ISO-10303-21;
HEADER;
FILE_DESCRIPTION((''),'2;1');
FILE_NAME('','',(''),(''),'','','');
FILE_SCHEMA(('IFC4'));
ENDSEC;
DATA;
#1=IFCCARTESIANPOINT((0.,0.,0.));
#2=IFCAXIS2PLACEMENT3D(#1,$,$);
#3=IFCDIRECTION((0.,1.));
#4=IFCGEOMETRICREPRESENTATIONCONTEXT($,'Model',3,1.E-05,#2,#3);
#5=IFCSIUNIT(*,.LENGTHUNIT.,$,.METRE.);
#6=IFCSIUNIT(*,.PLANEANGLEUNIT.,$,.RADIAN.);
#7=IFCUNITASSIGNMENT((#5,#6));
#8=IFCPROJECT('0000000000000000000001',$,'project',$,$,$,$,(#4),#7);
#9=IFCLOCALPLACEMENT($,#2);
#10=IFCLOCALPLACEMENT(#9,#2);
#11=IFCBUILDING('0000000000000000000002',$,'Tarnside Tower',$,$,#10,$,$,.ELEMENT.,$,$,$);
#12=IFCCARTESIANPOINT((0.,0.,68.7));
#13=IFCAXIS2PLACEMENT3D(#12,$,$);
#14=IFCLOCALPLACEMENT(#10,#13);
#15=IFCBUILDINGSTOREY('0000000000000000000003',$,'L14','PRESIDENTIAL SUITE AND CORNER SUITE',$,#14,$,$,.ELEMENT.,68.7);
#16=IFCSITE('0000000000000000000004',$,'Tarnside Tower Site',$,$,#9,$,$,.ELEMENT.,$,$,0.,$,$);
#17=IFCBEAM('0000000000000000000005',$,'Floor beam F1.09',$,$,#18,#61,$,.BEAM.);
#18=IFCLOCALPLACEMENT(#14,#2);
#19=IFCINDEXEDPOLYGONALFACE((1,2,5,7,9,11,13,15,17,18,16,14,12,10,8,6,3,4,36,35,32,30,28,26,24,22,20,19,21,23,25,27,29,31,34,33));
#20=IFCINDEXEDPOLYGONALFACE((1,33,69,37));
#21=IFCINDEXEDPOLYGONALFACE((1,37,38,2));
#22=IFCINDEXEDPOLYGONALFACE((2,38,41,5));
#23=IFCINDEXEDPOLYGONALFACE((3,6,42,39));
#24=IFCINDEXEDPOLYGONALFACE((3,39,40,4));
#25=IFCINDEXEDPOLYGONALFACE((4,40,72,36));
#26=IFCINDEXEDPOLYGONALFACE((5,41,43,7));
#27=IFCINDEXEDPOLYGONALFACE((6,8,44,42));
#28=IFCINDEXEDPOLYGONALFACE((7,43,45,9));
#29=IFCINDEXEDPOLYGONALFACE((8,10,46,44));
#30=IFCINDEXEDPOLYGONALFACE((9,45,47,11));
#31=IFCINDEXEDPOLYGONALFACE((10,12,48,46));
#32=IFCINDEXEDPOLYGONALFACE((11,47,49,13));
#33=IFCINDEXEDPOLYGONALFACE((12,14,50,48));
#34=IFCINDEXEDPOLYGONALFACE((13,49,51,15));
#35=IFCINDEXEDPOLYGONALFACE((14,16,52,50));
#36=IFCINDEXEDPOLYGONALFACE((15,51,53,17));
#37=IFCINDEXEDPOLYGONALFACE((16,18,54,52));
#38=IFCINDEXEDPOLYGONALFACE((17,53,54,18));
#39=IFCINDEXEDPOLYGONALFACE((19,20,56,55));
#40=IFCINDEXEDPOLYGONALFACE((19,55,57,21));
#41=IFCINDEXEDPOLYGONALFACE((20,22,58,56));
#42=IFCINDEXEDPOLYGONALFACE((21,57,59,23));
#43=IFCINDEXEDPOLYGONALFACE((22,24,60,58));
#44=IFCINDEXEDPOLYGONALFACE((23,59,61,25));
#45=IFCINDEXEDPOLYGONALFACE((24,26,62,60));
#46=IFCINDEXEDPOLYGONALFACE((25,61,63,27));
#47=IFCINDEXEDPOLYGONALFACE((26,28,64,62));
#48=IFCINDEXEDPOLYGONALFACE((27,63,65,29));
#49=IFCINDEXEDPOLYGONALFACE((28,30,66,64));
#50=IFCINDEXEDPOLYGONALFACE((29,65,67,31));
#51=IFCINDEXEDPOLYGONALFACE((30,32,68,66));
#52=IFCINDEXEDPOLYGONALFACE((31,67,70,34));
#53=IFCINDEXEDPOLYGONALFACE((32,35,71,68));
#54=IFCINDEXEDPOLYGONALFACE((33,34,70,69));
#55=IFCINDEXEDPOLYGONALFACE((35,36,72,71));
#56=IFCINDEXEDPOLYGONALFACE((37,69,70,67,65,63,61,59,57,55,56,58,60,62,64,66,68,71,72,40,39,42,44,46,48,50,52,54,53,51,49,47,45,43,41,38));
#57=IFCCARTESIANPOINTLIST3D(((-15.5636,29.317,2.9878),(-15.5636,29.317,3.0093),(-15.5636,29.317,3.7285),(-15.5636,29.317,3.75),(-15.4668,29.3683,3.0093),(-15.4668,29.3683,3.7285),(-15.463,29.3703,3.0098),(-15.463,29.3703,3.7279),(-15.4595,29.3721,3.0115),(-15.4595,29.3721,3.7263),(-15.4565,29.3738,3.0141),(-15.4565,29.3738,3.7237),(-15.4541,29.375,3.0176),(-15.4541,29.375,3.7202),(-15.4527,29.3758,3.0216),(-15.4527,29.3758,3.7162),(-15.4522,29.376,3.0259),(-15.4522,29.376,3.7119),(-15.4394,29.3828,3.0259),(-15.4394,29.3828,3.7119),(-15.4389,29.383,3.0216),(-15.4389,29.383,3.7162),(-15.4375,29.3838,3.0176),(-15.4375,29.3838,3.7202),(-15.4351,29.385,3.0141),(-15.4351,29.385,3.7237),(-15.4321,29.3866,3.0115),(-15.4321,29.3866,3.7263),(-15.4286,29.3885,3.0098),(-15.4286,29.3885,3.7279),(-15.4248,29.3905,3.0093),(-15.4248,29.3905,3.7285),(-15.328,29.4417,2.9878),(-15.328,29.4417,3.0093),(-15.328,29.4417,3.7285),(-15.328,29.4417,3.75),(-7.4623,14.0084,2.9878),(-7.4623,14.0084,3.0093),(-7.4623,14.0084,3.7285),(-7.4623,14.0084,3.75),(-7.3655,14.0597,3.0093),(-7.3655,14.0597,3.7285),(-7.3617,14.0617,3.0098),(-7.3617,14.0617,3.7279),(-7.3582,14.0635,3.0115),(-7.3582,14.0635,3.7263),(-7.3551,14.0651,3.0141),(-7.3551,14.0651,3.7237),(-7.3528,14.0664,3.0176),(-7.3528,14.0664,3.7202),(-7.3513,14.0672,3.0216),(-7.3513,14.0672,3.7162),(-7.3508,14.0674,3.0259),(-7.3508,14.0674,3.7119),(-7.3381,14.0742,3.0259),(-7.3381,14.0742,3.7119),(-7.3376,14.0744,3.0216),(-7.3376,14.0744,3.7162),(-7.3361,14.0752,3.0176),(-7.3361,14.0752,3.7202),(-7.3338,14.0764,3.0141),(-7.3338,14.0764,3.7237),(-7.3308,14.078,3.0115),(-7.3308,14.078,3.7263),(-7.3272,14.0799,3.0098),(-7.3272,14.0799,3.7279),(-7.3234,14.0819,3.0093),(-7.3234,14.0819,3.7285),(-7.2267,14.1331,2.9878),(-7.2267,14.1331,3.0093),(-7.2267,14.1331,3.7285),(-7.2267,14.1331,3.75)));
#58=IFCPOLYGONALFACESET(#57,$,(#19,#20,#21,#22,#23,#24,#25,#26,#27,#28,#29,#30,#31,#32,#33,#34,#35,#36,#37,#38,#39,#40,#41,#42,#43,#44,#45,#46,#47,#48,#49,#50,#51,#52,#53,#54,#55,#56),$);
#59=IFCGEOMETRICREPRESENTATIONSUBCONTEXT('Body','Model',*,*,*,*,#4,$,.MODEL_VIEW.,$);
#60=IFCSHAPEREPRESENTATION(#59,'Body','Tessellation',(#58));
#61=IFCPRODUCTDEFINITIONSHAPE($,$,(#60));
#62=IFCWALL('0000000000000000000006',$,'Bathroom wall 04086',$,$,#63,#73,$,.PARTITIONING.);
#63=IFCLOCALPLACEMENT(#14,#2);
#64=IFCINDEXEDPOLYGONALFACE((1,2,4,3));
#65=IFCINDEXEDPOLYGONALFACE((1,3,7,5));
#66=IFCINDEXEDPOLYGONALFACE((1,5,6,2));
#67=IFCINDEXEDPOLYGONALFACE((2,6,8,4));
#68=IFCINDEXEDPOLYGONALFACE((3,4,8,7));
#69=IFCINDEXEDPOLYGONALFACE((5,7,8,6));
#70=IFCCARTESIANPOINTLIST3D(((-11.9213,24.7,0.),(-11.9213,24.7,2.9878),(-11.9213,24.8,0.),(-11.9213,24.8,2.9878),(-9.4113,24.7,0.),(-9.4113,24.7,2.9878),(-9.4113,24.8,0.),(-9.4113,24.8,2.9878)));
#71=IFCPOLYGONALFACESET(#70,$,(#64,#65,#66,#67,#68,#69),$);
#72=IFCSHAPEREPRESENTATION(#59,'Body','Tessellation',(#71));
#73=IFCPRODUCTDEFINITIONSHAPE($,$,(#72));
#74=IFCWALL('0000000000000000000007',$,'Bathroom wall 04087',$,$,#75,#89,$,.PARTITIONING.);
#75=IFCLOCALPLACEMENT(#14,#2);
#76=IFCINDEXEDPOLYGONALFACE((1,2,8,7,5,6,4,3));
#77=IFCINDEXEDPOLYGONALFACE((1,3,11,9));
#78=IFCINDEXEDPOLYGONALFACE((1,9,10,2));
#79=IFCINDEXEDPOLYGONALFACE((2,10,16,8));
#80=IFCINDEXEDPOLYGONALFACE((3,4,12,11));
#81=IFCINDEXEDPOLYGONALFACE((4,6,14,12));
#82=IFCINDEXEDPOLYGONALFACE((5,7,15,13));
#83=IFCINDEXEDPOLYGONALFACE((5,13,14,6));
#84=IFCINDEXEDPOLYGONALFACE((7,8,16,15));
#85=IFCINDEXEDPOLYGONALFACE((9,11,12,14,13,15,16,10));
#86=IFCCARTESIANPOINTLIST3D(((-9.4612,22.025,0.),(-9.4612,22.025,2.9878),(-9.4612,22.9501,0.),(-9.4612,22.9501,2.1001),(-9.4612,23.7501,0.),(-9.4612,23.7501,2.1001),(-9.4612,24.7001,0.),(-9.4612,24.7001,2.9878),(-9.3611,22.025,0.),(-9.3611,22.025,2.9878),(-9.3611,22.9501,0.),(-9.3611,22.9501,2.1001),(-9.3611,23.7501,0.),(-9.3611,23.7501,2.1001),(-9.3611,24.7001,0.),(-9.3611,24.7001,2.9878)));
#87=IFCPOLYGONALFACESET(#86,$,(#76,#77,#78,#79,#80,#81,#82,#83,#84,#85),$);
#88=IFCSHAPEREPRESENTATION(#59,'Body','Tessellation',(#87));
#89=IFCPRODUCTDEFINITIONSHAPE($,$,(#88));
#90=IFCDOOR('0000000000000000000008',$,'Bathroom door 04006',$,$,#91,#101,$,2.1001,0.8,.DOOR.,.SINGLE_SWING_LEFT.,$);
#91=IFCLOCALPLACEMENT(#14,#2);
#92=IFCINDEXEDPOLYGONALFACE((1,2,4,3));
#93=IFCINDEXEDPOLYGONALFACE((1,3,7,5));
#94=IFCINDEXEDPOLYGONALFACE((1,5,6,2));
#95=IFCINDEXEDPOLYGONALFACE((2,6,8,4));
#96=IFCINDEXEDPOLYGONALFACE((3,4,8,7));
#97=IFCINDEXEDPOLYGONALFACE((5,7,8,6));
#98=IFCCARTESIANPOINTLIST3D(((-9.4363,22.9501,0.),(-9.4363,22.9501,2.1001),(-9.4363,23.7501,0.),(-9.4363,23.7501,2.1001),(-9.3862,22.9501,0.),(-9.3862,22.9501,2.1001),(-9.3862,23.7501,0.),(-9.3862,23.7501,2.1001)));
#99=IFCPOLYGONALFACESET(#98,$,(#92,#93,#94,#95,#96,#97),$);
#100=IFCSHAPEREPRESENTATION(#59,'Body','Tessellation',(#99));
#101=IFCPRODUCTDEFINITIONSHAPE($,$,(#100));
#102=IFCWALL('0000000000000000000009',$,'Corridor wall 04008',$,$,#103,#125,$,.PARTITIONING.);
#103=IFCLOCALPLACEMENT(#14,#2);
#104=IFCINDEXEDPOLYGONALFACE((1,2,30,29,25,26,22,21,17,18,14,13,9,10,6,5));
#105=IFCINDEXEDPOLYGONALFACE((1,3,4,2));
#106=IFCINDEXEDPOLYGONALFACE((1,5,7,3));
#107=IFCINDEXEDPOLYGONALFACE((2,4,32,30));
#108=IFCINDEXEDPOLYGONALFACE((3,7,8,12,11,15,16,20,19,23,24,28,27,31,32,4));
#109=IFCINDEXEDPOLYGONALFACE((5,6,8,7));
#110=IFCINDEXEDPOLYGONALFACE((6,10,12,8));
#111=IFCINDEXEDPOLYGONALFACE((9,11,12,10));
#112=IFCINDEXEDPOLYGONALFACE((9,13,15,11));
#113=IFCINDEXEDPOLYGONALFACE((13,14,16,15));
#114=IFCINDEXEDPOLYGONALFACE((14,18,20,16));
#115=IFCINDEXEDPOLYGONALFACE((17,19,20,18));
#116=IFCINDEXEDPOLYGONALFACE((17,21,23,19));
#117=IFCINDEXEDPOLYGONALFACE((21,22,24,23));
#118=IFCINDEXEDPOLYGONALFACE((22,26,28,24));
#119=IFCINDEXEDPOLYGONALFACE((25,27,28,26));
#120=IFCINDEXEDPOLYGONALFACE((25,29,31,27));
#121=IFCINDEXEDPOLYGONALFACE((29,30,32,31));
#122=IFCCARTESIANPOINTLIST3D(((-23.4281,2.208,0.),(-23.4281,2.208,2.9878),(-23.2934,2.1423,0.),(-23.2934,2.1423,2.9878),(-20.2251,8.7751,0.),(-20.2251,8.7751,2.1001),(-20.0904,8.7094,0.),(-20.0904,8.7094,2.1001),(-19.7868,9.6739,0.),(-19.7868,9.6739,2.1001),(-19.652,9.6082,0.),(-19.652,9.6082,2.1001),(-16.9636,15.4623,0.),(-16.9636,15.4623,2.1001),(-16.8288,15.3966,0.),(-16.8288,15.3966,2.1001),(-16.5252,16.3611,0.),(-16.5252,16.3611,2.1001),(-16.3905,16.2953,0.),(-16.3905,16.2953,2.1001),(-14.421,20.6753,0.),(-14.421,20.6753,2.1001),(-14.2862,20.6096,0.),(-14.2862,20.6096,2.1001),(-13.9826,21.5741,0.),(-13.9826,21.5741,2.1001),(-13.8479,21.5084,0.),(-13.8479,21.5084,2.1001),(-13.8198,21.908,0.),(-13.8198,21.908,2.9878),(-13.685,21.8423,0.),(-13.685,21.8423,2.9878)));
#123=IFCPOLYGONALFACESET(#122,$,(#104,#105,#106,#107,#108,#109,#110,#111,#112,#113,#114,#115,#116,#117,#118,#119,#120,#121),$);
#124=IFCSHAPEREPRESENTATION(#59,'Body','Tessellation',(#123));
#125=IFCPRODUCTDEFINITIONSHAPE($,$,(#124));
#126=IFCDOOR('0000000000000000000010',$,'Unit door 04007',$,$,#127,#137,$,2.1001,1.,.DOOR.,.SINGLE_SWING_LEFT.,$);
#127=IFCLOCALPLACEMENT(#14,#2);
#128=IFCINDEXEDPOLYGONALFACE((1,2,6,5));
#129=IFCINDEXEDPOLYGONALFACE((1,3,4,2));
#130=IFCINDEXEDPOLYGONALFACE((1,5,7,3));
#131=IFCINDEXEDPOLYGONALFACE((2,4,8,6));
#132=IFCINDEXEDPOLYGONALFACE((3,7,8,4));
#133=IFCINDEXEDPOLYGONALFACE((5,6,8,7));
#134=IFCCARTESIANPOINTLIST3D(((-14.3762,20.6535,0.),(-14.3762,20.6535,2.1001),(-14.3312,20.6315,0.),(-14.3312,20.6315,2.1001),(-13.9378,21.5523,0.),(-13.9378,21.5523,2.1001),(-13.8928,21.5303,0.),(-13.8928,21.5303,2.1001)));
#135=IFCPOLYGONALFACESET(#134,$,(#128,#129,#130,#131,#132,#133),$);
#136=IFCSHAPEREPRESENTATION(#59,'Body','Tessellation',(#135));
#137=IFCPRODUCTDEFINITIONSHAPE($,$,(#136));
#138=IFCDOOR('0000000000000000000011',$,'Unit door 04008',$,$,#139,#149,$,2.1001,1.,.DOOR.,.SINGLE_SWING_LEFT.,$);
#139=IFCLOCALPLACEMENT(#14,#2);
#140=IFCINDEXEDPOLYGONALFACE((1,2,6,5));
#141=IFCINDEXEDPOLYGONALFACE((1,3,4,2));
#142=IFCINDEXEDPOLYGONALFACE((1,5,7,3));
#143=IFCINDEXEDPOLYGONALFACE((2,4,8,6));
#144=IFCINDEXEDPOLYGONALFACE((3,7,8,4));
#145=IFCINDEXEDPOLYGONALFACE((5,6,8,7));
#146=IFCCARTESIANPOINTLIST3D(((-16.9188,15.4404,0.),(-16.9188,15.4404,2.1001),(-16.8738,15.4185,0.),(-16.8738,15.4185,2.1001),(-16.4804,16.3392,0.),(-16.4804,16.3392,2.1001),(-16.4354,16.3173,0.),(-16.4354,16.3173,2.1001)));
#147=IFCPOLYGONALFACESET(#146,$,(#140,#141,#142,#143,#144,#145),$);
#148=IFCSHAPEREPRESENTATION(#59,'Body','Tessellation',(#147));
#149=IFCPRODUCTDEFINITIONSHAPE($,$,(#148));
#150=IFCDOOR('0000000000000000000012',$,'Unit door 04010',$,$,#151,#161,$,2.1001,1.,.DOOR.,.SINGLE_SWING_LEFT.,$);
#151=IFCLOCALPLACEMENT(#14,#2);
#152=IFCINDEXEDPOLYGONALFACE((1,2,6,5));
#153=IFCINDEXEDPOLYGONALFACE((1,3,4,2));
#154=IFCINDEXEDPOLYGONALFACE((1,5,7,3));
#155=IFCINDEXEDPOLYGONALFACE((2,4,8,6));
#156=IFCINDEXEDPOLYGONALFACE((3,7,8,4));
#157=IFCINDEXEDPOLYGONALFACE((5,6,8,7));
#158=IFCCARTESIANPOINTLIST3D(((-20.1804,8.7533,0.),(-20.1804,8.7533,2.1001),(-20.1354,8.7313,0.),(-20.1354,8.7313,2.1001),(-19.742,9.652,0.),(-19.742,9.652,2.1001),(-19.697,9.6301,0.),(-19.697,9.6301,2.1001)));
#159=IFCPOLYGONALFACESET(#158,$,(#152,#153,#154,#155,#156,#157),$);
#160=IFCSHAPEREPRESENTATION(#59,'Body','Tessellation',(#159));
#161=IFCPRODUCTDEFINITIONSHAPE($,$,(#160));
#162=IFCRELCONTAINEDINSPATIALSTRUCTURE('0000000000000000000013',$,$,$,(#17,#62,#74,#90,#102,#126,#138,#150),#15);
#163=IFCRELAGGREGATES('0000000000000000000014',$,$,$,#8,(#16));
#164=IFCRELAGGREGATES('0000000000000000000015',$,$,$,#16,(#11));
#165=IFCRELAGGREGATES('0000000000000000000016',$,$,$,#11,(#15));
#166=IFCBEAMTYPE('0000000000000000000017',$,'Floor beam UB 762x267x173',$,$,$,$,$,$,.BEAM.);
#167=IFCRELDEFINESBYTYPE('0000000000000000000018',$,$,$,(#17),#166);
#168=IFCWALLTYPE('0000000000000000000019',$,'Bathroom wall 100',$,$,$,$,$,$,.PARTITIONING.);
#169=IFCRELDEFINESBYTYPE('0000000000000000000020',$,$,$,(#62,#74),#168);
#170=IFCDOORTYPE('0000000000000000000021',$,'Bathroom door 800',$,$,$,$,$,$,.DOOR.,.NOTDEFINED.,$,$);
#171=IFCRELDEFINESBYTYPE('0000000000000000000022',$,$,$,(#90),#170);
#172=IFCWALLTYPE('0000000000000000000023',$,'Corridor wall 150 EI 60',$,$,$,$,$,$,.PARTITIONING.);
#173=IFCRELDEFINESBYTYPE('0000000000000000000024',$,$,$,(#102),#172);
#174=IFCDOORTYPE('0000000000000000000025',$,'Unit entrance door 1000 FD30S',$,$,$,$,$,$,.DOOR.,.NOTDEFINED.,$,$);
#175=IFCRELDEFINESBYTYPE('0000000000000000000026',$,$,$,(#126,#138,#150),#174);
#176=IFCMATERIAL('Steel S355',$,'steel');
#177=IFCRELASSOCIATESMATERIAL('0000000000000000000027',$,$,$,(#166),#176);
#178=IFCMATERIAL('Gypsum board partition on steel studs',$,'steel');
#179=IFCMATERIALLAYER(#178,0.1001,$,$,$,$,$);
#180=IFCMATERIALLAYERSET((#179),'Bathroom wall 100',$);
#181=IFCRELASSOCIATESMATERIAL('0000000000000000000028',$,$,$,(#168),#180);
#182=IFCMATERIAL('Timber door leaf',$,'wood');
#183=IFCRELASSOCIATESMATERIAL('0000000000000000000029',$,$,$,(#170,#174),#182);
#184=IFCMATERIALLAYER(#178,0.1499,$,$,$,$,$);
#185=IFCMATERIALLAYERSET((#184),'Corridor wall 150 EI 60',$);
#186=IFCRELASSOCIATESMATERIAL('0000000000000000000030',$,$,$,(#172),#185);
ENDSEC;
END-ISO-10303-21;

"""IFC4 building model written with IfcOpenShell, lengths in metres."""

from ifc_helpers import new_model, si_unit, direction, frame, frame_2d, origin, origin_2d, place, context, subcontext, project, spatial, rectangle, i_section, extrude, material, layer, layer_set, material_profile, profile_set, type_object, element, fill, save


model = new_model("IFC4")

# Units and contexts
model_context = context("Model", 3, precision=1e-05, world=origin(), true_north=direction((0.0, 1.0)))
body_context = subcontext(model_context, "Body", "Model", "MODEL_VIEW")
ifc_project = project(units=[si_unit("LENGTHUNIT", "METRE"), si_unit("PLANEANGLEUNIT", "RADIAN")], contexts=[model_context])

# Site, building, storey
site_placement = place(None, origin())
site = spatial("IfcSite", under=ifc_project, at=site_placement, Name="Tarnside Tower Site", CompositionType="ELEMENT", RefElevation=0.0)
building_placement = place(site_placement, origin())
building = spatial("IfcBuilding", under=site, at=building_placement, Name="Tarnside Tower", CompositionType="ELEMENT")
storey_placement = place(building_placement, frame((0.0, 0.0, 68.7)))
storey = spatial("IfcBuildingStorey", under=building, at=storey_placement, Name="L14", Description="PRESIDENTIAL SUITE AND CORNER SUITE", CompositionType="ELEMENT", Elevation=68.7)

# Beam
ifc_material_1 = material(Name="Steel S355", Category="steel")
ifc_material_profile_1 = material_profile(ifc_material_1, i_section(OverallWidth=0.2666, OverallDepth=0.7622, WebThickness=0.0144, FlangeThickness=0.0215, FilletRadius=0.0166, at=origin_2d()), Name="UB 762x267x173")
ifc_profile_set_1 = profile_set([ifc_material_profile_1], Name="Steel S355")
beam_type_1 = type_object("IfcBeamType", Name="Floor beam UB 762x267x173", PredefinedType="BEAM", material=ifc_profile_set_1)
beam_1_placement = place(storey_placement, frame((-15.4458, 29.3794, 3.3689), z_axis=(0.467742, -0.883865, 0.0), x_axis=(0.883865, 0.467742, 0.0)))
element("IfcBeam", 1, at=beam_1_placement, inside=storey, type_object=beam_type_1, Name="Floor beam F1.09", PredefinedType="BEAM", context=body_context, shape_type="SweptSolid", body=[
    extrude(i_section(OverallWidth=0.2666, OverallDepth=0.7622, WebThickness=0.0144, FlangeThickness=0.0215, FilletRadius=0.0166, at=origin_2d()), origin(), (0.0, 0.0, 1.0), 17.3201),
])

# Wall
ifc_material_2 = material(Name="Gypsum board partition on steel studs", Category="steel")
ifc_layer_1 = layer(ifc_material_2, 0.1001)
ifc_layer_set_1 = layer_set([ifc_layer_1], Name="Bathroom wall 100")
wall_type_1 = type_object("IfcWallType", Name="Bathroom wall 100", PredefinedType="PARTITIONING", material=ifc_layer_set_1)
wall_1_placement = place(storey_placement, frame((-11.9211, 24.75, 0.0), z_axis=(0.0, 0.0, 1.0), x_axis=(1.0, 0.0, 0.0)))
element("IfcWall", 2, at=wall_1_placement, inside=storey, type_object=wall_type_1, Name="Bathroom wall 04086", PredefinedType="PARTITIONING", context=body_context, shape_type="SweptSolid", body=[
    extrude(rectangle(XDim=2.51, YDim=0.1001, at=frame_2d((1.2549, 0.0))), origin(), (0.0, 0.0, 1.0), 2.9878),
])

# Wall, opening, door
wall_2_placement = place(storey_placement, frame((-9.4111, 24.7, 0.0), z_axis=(0.0, 0.0, 1.0), x_axis=(0.0, -1.0, 0.0)))
wall_2 = element("IfcWall", 3, at=wall_2_placement, inside=storey, type_object=wall_type_1, Name="Bathroom wall 04087", PredefinedType="PARTITIONING", context=body_context, shape_type="SweptSolid", body=[
    extrude(rectangle(XDim=2.675, YDim=0.1001, at=frame_2d((1.3374, 0.0))), origin(), (0.0, 0.0, 1.0), 2.9878),
])
opening_1_placement = place(wall_2_placement, frame((0.95, 0.0, 0.0)))
opening_1 = element("IfcOpeningElement", 4, at=opening_1_placement, cuts=wall_2, PredefinedType="OPENING", context=body_context, shape_type="SweptSolid", body=[
    extrude(rectangle(XDim=0.8, YDim=2.1001, at=frame_2d((0.3999, 1.05))), frame((0.0, 0.0601, 0.0), z_axis=(0.0, -1.0, 0.0), x_axis=(1.0, 0.0, 0.0)), (0.0, 0.0, 1.0), 0.1201),
])
ifc_material_3 = material(Name="Timber door leaf", Category="wood")
door_type_1 = type_object("IfcDoorType", Name="Bathroom door 800", OperationType="NOTDEFINED", PredefinedType="DOOR", material=ifc_material_3)
door_1_placement = place(opening_1_placement, origin())
door_1 = element("IfcDoor", 5, at=door_1_placement, inside=storey, type_object=door_type_1, Name="Bathroom door 04006", OperationType="SINGLE_SWING_LEFT", OverallHeight=2.1001, OverallWidth=0.8, PredefinedType="DOOR", context=body_context, shape_type="SweptSolid", body=[
    extrude(rectangle(XDim=0.8, YDim=2.1001, at=frame_2d((0.3999, 1.05))), frame((0.0, 0.0249, 0.0), z_axis=(0.0, -1.0, 0.0), x_axis=(1.0, 0.0, 0.0)), (0.0, 0.0, 1.0), 0.05),
])
fill(opening_1, door_1)

# Wall, openings, doors
ifc_layer_2 = layer(ifc_material_2, 0.1499)
ifc_layer_set_2 = layer_set([ifc_layer_2], Name="Corridor wall 150 EI 60")
wall_type_2 = type_object("IfcWallType", Name="Corridor wall 150 EI 60", PredefinedType="PARTITIONING", material=ifc_layer_set_2)
wall_3_placement = place(storey_placement, frame((-13.7524, 21.875, 0.0), z_axis=(0.0, 0.0, 1.0), x_axis=(-0.438374, -0.898792, 0.0)))
wall_3 = element("IfcWall", 6, at=wall_3_placement, inside=storey, type_object=wall_type_2, Name="Corridor wall 04008", PredefinedType="PARTITIONING", context=body_context, shape_type="SweptSolid", body=[
    extrude(rectangle(XDim=21.9182, YDim=0.1499, at=frame_2d((10.959, 0.0))), origin(), (0.0, 0.0, 1.0), 2.9878),
])
opening_2_placement = place(wall_3_placement, frame((0.3713, 0.0, 0.0)))
opening_2 = element("IfcOpeningElement", 7, at=opening_2_placement, cuts=wall_3, PredefinedType="OPENING", context=body_context, shape_type="SweptSolid", body=[
    extrude(rectangle(XDim=1.0, YDim=2.1001, at=frame_2d((0.5, 1.05))), frame((0.0, 0.085, 0.0), z_axis=(0.0, -1.0, 0.0), x_axis=(1.0, 0.0, 0.0)), (0.0, 0.0, 1.0), 0.1699),
])
opening_3_placement = place(wall_3_placement, frame((6.1714, 0.0, 0.0)))
opening_3 = element("IfcOpeningElement", 8, at=opening_3_placement, cuts=wall_3, PredefinedType="OPENING", context=body_context, shape_type="SweptSolid", body=[
    extrude(rectangle(XDim=1.0, YDim=2.1001, at=frame_2d((0.5, 1.05))), frame((0.0, 0.085, 0.0), z_axis=(0.0, -1.0, 0.0), x_axis=(1.0, 0.0, 0.0)), (0.0, 0.0, 1.0), 0.1699),
])
opening_4_placement = place(wall_3_placement, frame((13.6116, 0.0, 0.0)))
opening_4 = element("IfcOpeningElement", 9, at=opening_4_placement, cuts=wall_3, PredefinedType="OPENING", context=body_context, shape_type="SweptSolid", body=[
    extrude(rectangle(XDim=1.0, YDim=2.1001, at=frame_2d((0.5, 1.05))), frame((0.0, 0.085, 0.0), z_axis=(0.0, -1.0, 0.0), x_axis=(1.0, 0.0, 0.0)), (0.0, 0.0, 1.0), 0.1699),
])
door_type_2 = type_object("IfcDoorType", Name="Unit entrance door 1000 FD30S", OperationType="NOTDEFINED", PredefinedType="DOOR", material=ifc_material_3)
door_2_placement = place(opening_2_placement, origin())
door_2 = element("IfcDoor", 10, at=door_2_placement, inside=storey, type_object=door_type_2, Name="Unit door 04007", OperationType="SINGLE_SWING_LEFT", OverallHeight=2.1001, OverallWidth=1.0, PredefinedType="DOOR", context=body_context, shape_type="SweptSolid", body=[
    extrude(rectangle(XDim=1.0, YDim=2.1001, at=frame_2d((0.5, 1.05))), frame((0.0, 0.0249, 0.0), z_axis=(0.0, -1.0, 0.0), x_axis=(1.0, 0.0, 0.0)), (0.0, 0.0, 1.0), 0.05),
])
fill(opening_2, door_2)
door_3_placement = place(opening_3_placement, origin())
door_3 = element("IfcDoor", 11, at=door_3_placement, inside=storey, type_object=door_type_2, Name="Unit door 04008", OperationType="SINGLE_SWING_LEFT", OverallHeight=2.1001, OverallWidth=1.0, PredefinedType="DOOR", context=body_context, shape_type="SweptSolid", body=[
    extrude(rectangle(XDim=1.0, YDim=2.1001, at=frame_2d((0.5, 1.05))), frame((0.0, 0.0249, 0.0), z_axis=(0.0, -1.0, 0.0), x_axis=(1.0, 0.0, 0.0)), (0.0, 0.0, 1.0), 0.05),
])
fill(opening_3, door_3)
door_4_placement = place(opening_4_placement, origin())
door_4 = element("IfcDoor", 12, at=door_4_placement, inside=storey, type_object=door_type_2, Name="Unit door 04010", OperationType="SINGLE_SWING_LEFT", OverallHeight=2.1001, OverallWidth=1.0, PredefinedType="DOOR", context=body_context, shape_type="SweptSolid", body=[
    extrude(rectangle(XDim=1.0, YDim=2.1001, at=frame_2d((0.5, 1.05))), frame((0.0, 0.0249, 0.0), z_axis=(0.0, -1.0, 0.0), x_axis=(1.0, 0.0, 0.0)), (0.0, 0.0, 1.0), 0.05),
])
fill(opening_4, door_4)

save(model, "model.ifc")
